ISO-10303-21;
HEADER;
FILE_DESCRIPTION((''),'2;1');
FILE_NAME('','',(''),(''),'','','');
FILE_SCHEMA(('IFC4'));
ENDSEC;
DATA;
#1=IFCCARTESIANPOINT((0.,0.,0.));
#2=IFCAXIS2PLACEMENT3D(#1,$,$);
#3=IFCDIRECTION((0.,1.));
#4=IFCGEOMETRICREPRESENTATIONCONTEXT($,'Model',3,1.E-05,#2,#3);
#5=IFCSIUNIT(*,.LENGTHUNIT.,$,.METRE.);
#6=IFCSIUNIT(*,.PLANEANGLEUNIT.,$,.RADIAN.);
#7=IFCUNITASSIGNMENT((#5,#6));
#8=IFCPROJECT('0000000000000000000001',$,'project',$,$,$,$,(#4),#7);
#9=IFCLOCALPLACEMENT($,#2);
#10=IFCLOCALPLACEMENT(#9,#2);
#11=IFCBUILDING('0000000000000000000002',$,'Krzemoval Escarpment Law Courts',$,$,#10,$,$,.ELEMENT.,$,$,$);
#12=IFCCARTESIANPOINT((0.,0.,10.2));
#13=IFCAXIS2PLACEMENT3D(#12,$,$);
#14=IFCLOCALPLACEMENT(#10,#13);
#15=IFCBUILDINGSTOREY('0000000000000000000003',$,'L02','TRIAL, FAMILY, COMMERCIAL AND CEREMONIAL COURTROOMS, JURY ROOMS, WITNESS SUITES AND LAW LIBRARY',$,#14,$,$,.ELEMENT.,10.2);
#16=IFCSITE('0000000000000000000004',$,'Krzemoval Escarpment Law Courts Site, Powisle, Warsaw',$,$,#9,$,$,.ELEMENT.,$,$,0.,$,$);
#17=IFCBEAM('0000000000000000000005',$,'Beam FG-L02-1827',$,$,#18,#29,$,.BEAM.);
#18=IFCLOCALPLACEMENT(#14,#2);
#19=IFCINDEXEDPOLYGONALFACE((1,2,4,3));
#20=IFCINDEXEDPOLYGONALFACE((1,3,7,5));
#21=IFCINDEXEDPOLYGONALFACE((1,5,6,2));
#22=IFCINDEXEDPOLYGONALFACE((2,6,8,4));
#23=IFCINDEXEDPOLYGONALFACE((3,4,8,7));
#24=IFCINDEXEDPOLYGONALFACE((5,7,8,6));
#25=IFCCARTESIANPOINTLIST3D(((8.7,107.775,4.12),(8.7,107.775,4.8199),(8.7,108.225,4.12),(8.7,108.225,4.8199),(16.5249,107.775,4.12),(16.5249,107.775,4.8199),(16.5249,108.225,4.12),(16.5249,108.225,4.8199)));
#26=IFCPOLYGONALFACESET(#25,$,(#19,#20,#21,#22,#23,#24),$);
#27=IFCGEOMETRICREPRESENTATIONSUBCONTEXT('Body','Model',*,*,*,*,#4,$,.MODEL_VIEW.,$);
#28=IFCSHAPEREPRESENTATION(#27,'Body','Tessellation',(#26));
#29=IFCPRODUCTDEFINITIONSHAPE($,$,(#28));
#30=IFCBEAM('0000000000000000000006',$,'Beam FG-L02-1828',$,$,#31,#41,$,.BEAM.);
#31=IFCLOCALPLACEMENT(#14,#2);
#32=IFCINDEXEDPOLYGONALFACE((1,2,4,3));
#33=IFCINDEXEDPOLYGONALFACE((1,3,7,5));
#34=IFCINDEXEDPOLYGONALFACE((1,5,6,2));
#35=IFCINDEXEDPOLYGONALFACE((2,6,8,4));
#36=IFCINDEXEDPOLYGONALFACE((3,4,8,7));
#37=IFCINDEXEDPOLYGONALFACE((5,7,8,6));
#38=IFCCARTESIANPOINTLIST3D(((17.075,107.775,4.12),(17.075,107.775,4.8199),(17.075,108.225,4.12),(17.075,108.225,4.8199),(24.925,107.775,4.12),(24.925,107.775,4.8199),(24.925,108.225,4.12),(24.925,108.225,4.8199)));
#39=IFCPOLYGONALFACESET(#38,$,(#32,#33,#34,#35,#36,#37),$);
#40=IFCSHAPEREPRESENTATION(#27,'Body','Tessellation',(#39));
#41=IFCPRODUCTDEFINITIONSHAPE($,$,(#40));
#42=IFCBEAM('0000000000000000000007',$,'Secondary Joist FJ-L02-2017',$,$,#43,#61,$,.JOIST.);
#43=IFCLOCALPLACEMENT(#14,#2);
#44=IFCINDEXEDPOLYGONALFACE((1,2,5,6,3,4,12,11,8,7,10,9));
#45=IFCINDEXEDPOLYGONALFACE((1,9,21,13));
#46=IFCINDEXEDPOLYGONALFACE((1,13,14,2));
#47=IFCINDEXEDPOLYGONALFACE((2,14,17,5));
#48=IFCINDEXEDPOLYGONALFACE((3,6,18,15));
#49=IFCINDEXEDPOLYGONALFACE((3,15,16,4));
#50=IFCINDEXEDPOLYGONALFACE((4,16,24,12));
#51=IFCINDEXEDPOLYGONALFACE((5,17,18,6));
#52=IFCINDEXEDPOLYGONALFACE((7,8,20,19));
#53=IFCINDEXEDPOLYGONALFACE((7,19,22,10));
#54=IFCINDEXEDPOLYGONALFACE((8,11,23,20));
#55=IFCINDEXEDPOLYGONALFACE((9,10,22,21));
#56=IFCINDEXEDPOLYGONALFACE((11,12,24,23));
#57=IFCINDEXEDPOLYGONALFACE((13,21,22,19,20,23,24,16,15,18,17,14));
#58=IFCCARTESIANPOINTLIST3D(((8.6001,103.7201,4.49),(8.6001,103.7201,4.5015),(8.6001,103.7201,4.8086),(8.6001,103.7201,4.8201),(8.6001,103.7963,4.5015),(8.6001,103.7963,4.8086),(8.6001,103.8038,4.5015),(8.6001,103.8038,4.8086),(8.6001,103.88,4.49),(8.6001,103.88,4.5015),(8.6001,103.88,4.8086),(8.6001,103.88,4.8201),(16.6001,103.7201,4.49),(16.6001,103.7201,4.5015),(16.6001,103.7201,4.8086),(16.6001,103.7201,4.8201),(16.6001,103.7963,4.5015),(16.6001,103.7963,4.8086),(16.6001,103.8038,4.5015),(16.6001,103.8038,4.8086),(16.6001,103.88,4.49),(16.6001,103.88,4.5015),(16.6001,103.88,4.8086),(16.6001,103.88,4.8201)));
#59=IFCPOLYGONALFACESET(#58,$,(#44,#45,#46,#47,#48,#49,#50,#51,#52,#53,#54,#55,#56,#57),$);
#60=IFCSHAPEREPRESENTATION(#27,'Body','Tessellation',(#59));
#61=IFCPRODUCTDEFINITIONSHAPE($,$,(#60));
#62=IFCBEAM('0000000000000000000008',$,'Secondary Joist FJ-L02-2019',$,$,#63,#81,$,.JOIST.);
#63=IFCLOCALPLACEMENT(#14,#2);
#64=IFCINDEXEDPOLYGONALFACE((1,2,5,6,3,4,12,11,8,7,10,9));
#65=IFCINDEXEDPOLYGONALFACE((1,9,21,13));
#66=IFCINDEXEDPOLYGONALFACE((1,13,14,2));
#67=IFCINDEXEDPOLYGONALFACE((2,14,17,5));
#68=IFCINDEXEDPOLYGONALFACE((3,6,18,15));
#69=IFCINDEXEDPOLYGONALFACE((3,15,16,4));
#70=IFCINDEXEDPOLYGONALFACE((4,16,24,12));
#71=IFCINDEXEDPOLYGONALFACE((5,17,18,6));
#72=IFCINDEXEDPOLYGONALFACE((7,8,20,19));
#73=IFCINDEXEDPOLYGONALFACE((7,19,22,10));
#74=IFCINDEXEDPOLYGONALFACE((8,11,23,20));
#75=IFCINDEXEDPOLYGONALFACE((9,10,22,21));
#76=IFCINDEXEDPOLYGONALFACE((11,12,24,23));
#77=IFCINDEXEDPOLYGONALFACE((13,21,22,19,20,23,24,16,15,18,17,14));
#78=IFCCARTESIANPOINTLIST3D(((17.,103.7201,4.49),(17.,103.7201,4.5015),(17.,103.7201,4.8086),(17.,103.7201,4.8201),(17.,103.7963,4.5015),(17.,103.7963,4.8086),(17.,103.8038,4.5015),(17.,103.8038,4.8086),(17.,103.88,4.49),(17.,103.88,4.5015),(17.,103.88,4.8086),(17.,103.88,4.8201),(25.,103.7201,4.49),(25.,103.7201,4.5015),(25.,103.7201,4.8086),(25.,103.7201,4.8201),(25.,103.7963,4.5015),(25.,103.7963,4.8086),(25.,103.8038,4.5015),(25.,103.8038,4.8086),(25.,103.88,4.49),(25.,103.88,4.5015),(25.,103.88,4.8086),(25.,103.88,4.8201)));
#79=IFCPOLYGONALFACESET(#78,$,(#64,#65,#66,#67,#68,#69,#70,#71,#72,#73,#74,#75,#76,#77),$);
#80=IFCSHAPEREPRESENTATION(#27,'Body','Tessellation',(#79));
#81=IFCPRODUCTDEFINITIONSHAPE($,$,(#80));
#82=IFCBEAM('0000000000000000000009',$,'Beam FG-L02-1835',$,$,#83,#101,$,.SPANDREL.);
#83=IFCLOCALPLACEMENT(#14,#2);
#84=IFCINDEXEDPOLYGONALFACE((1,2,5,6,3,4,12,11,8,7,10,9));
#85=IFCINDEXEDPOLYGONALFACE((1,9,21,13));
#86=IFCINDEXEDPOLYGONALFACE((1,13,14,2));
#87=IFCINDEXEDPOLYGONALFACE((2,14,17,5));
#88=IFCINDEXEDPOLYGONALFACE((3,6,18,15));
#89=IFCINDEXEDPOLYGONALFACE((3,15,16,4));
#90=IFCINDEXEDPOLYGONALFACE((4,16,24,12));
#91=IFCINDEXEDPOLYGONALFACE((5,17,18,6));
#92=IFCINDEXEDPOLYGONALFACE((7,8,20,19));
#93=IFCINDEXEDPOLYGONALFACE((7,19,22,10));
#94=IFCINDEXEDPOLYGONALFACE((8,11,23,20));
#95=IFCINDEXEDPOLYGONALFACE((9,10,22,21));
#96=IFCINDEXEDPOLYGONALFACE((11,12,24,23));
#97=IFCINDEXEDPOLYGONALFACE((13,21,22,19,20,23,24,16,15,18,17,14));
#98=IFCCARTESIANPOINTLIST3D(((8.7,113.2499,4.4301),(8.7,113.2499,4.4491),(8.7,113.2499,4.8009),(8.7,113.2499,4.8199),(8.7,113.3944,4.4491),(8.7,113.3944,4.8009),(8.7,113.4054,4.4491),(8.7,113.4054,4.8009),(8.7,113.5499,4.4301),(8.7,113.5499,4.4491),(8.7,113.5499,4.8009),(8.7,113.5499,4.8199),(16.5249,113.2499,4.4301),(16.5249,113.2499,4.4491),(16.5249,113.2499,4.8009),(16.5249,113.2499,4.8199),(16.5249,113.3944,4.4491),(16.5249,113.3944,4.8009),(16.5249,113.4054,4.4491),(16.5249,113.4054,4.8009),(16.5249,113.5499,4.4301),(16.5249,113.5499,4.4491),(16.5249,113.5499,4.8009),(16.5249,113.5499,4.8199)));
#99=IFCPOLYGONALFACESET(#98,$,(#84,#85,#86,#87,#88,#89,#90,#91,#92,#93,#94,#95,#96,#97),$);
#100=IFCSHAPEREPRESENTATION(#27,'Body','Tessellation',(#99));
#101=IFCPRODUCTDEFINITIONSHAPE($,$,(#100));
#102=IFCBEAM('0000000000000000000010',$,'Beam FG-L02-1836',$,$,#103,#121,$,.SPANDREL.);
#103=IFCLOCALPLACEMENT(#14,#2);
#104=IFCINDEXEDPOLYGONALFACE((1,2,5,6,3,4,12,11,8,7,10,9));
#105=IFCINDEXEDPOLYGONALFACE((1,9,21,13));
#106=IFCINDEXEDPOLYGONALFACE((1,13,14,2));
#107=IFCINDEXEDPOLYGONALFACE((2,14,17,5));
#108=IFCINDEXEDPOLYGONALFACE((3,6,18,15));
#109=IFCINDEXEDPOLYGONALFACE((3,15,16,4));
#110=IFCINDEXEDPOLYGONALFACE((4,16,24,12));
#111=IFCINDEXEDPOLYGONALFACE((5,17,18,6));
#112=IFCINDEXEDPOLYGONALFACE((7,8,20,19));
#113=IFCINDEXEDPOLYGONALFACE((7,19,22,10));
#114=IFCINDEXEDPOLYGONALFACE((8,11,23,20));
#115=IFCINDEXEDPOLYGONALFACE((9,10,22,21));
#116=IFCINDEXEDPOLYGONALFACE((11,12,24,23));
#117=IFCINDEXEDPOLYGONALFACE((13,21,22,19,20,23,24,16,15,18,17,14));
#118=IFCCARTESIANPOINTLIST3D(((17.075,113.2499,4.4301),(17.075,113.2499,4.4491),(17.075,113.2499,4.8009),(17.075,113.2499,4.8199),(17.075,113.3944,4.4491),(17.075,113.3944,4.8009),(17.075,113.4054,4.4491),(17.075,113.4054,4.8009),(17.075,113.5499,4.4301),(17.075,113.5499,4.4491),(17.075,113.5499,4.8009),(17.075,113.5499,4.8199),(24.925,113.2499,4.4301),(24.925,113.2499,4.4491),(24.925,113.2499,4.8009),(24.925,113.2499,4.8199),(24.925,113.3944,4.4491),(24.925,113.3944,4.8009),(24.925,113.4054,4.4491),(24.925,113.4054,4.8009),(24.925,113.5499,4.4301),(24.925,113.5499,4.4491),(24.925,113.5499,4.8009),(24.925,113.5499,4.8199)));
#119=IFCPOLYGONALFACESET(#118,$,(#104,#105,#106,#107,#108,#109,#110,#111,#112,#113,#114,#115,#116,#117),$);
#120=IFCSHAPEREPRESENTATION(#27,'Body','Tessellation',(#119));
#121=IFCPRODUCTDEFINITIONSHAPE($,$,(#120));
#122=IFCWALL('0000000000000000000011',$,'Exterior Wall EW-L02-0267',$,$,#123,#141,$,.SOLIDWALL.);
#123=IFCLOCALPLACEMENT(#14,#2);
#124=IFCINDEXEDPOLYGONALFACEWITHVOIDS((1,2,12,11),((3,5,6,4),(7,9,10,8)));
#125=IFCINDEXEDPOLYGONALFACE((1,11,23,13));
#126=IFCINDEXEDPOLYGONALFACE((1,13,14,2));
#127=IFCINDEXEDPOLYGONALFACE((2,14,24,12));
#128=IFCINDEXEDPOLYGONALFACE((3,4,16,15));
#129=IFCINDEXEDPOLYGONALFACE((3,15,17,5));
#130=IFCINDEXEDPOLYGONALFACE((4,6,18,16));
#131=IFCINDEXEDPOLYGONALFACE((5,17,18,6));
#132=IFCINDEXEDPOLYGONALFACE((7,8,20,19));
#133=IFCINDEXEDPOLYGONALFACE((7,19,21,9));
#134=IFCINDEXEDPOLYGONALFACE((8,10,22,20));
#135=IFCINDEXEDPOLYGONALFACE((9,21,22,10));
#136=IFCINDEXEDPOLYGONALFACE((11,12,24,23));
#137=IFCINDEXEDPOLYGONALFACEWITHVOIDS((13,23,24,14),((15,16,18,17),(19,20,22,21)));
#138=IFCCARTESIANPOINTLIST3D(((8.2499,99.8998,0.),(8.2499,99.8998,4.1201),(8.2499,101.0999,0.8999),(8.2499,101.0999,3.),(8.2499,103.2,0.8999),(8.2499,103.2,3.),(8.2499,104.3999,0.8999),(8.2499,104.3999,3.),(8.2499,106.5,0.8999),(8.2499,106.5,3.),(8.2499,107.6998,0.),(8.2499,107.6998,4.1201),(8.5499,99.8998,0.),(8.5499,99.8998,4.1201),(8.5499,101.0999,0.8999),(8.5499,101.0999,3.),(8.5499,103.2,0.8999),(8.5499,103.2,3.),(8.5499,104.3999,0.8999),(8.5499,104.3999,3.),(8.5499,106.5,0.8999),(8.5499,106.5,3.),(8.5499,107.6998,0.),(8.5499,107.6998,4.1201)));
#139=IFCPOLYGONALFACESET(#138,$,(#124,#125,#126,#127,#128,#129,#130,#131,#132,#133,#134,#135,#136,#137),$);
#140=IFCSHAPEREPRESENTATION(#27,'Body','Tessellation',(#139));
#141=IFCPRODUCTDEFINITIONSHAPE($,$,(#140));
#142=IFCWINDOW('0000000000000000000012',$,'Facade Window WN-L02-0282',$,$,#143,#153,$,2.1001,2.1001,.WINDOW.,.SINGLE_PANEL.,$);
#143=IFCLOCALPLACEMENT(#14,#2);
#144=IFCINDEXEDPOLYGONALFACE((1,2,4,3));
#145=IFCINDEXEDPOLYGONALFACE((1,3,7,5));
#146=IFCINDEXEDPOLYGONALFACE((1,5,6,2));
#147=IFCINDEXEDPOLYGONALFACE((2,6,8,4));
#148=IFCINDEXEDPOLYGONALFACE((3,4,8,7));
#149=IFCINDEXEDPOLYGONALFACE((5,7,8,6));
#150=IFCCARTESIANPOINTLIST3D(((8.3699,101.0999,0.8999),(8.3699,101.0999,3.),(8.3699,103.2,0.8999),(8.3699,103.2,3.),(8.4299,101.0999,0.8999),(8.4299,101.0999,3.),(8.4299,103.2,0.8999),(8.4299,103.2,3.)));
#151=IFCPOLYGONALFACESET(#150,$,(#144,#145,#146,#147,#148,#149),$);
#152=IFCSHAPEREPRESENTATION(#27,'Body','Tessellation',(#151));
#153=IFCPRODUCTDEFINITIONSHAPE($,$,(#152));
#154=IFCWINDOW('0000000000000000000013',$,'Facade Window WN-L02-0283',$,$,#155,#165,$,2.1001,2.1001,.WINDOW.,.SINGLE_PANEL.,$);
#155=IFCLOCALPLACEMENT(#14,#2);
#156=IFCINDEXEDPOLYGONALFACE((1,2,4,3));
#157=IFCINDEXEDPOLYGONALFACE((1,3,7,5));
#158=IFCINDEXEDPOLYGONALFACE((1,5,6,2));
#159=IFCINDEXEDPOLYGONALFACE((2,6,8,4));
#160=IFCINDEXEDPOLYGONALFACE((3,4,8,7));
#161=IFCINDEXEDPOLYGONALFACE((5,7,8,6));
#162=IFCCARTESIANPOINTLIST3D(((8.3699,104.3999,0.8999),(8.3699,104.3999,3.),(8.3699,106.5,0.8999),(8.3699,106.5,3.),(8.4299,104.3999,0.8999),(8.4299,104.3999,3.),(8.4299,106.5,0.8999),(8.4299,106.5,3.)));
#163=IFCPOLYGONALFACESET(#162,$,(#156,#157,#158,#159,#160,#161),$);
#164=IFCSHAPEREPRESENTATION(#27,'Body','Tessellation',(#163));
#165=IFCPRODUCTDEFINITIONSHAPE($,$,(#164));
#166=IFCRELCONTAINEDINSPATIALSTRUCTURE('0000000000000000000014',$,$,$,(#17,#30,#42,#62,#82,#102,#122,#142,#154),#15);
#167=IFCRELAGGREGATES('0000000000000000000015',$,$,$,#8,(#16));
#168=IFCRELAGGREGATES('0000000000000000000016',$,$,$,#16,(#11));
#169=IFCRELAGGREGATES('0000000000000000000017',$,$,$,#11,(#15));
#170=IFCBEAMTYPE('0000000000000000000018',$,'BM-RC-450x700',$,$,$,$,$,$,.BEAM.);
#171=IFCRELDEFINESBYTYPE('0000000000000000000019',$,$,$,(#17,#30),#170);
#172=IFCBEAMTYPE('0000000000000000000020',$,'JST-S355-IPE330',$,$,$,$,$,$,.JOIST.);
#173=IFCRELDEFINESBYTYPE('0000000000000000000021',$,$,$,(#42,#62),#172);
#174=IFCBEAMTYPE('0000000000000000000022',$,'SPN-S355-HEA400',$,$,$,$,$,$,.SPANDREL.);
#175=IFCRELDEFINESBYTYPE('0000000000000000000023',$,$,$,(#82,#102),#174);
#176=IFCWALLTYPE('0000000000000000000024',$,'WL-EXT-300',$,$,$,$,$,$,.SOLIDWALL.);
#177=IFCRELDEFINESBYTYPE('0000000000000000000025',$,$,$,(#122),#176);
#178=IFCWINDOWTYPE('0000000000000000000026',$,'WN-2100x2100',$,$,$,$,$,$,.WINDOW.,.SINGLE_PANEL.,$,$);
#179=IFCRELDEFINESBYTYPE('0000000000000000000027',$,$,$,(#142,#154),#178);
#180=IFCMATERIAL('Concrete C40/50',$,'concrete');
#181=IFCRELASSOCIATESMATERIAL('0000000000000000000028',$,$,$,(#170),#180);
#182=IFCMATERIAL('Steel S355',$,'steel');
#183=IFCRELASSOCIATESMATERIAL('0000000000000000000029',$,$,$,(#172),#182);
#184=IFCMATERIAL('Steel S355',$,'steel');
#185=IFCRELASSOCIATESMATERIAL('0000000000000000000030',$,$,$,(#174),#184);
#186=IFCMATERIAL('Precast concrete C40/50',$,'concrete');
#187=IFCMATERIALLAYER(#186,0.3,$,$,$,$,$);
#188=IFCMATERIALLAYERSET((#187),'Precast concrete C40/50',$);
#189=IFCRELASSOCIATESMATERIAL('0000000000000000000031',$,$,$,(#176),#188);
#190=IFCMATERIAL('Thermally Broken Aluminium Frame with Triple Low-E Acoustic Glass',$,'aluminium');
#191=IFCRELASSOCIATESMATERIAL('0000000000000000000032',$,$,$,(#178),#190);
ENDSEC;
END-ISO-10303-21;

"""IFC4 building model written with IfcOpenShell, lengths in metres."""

from ifc_helpers import new_model, si_unit, direction, frame, frame_2d, origin, origin_2d, place, context, subcontext, project, spatial, rectangle, i_section, extrude, material, layer, layer_set, material_profile, profile_set, type_object, element, fill, save


model = new_model("IFC4")

# Units and contexts
model_context = context("Model", 3, precision=1e-05, world=origin(), true_north=direction((0.0, 1.0)))
body_context = subcontext(model_context, "Body", "Model", "MODEL_VIEW")
ifc_project = project(units=[si_unit("LENGTHUNIT", "METRE"), si_unit("PLANEANGLEUNIT", "RADIAN")], contexts=[model_context])

# Site, building, storey
site_placement = place(None, origin())
site = spatial("IfcSite", under=ifc_project, at=site_placement, Name="Krzemoval Escarpment Law Courts Site, Powisle, Warsaw", CompositionType="ELEMENT", RefElevation=0.0)
building_placement = place(site_placement, origin())
building = spatial("IfcBuilding", under=site, at=building_placement, Name="Krzemoval Escarpment Law Courts", CompositionType="ELEMENT")
storey_placement = place(building_placement, frame((0.0, 0.0, 10.2)))
storey = spatial("IfcBuildingStorey", under=building, at=storey_placement, Name="L02", Description="TRIAL, FAMILY, COMMERCIAL AND CEREMONIAL COURTROOMS, JURY ROOMS, WITNESS SUITES AND LAW LIBRARY", CompositionType="ELEMENT", Elevation=10.2)

# Beams
ifc_material_1 = material(Name="Concrete C40/50", Category="concrete")
ifc_material_profile_1 = material_profile(ifc_material_1, rectangle(XDim=0.45, YDim=0.7, at=origin_2d()), Name="RCB 450x700")
ifc_profile_set_1 = profile_set([ifc_material_profile_1], Name="Concrete C40/50")
beam_type_1 = type_object("IfcBeamType", Name="BM-RC-450x700", PredefinedType="BEAM", material=ifc_profile_set_1)
beam_1_placement = place(storey_placement, frame((8.7, 108.0, 4.47), z_axis=(1.0, 0.0, 0.0), x_axis=(0.0, 1.0, 0.0)))
element("IfcBeam", 1, at=beam_1_placement, inside=storey, type_object=beam_type_1, Name="Beam FG-L02-1827", PredefinedType="BEAM", context=body_context, shape_type="SweptSolid", body=[
    extrude(rectangle(XDim=0.45, YDim=0.7, at=origin_2d()), origin(), (0.0, 0.0, 1.0), 7.825),
])
beam_2_placement = place(storey_placement, frame((17.075, 108.0, 4.47), z_axis=(1.0, 0.0, 0.0), x_axis=(0.0, 1.0, 0.0)))
element("IfcBeam", 2, at=beam_2_placement, inside=storey, type_object=beam_type_1, Name="Beam FG-L02-1828", PredefinedType="BEAM", context=body_context, shape_type="SweptSolid", body=[
    extrude(rectangle(XDim=0.45, YDim=0.7, at=origin_2d()), origin(), (0.0, 0.0, 1.0), 7.8501),
])
ifc_material_2 = material(Name="Steel S355", Category="steel")
ifc_material_profile_2 = material_profile(ifc_material_2, i_section(OverallWidth=0.1599, OverallDepth=0.3301, WebThickness=0.0076, FlangeThickness=0.0115, at=origin_2d()), Name="IPE 330")
ifc_profile_set_2 = profile_set([ifc_material_profile_2], Name="Steel S355")
beam_type_2 = type_object("IfcBeamType", Name="JST-S355-IPE330", PredefinedType="JOIST", material=ifc_profile_set_2)
for number, where, z_axis, x_axis, name in (
    (3, (8.6001, 103.8, 4.655), (1.0, 0.0, 0.0), (0.0, 1.0, 0.0), "Secondary Joist FJ-L02-2017"),
    (4, (17.0, 103.8, 4.655), (1.0, 0.0, 0.0), (0.0, 1.0, 0.0), "Secondary Joist FJ-L02-2019"),
):
    element("IfcBeam", number, at=place(storey_placement, frame(where, z_axis=z_axis, x_axis=x_axis)), inside=storey, type_object=beam_type_2, Name=name, PredefinedType="JOIST", context=body_context, shape_type="SweptSolid", body=[
        extrude(i_section(OverallWidth=0.1599, OverallDepth=0.3301, WebThickness=0.0076, FlangeThickness=0.0115, at=origin_2d()), origin(), (0.0, 0.0, 1.0), 8.0),
    ])
ifc_material_3 = material(Name="Steel S355", Category="steel")
ifc_material_profile_3 = material_profile(ifc_material_3, i_section(OverallWidth=0.3, OverallDepth=0.3899, WebThickness=0.011, FlangeThickness=0.019, at=origin_2d()), Name="HEA 400")
ifc_profile_set_3 = profile_set([ifc_material_profile_3], Name="Steel S355")
beam_type_3 = type_object("IfcBeamType", Name="SPN-S355-HEA400", PredefinedType="SPANDREL", material=ifc_profile_set_3)
beam_3_placement = place(storey_placement, frame((8.7, 113.3999, 4.625), z_axis=(1.0, 0.0, 0.0), x_axis=(0.0, 1.0, 0.0)))
element("IfcBeam", 5, at=beam_3_placement, inside=storey, type_object=beam_type_3, Name="Beam FG-L02-1835", PredefinedType="SPANDREL", context=body_context, shape_type="SweptSolid", body=[
    extrude(i_section(OverallWidth=0.3, OverallDepth=0.3899, WebThickness=0.011, FlangeThickness=0.019, at=origin_2d()), origin(), (0.0, 0.0, 1.0), 7.825),
])
beam_4_placement = place(storey_placement, frame((17.075, 113.3999, 4.625), z_axis=(1.0, 0.0, 0.0), x_axis=(0.0, 1.0, 0.0)))
element("IfcBeam", 6, at=beam_4_placement, inside=storey, type_object=beam_type_3, Name="Beam FG-L02-1836", PredefinedType="SPANDREL", context=body_context, shape_type="SweptSolid", body=[
    extrude(i_section(OverallWidth=0.3, OverallDepth=0.3899, WebThickness=0.011, FlangeThickness=0.019, at=origin_2d()), origin(), (0.0, 0.0, 1.0), 7.8501),
])

# Wall, openings, windows
ifc_material_4 = material(Name="Precast concrete C40/50", Category="concrete")
ifc_layer_1 = layer(ifc_material_4, 0.3)
ifc_layer_set_1 = layer_set([ifc_layer_1], Name="Precast concrete C40/50")
wall_type_1 = type_object("IfcWallType", Name="WL-EXT-300", PredefinedType="SOLIDWALL", material=ifc_layer_set_1)
wall_1_placement = place(storey_placement, frame((8.3999, 99.8999, 0.0), z_axis=(0.0, 0.0, 1.0), x_axis=(0.0, 1.0, 0.0)))
wall_1 = element("IfcWall", 7, at=wall_1_placement, inside=storey, type_object=wall_type_1, Name="Exterior Wall EW-L02-0267", PredefinedType="SOLIDWALL", context=body_context, shape_type="SweptSolid", body=[
    extrude(rectangle(XDim=7.8, YDim=0.3, at=frame_2d((3.8999, 0.0))), origin(), (0.0, 0.0, 1.0), 4.1201),
])
opening_1_placement = place(wall_1_placement, frame((1.2, 0.0, 0.8999)))
opening_1 = element("IfcOpeningElement", 8, at=opening_1_placement, cuts=wall_1, PredefinedType="OPENING", context=body_context, shape_type="SweptSolid", body=[
    extrude(rectangle(XDim=2.1001, YDim=2.1001, at=frame_2d((1.05, 1.05))), frame((0.0, 0.165, 0.0), z_axis=(0.0, -1.0, 0.0), x_axis=(1.0, 0.0, 0.0)), (0.0, 0.0, 1.0), 0.3301),
])
opening_2_placement = place(wall_1_placement, frame((4.5, 0.0, 0.8999)))
opening_2 = element("IfcOpeningElement", 9, at=opening_2_placement, cuts=wall_1, PredefinedType="OPENING", context=body_context, shape_type="SweptSolid", body=[
    extrude(rectangle(XDim=2.1001, YDim=2.1001, at=frame_2d((1.05, 1.05))), frame((0.0, 0.165, 0.0), z_axis=(0.0, -1.0, 0.0), x_axis=(1.0, 0.0, 0.0)), (0.0, 0.0, 1.0), 0.3301),
])
ifc_material_5 = material(Name="Thermally Broken Aluminium Frame with Triple Low-E Acoustic Glass", Category="aluminium")
window_type_1 = type_object("IfcWindowType", Name="WN-2100x2100", PartitioningType="SINGLE_PANEL", PredefinedType="WINDOW", material=ifc_material_5)
window_1_placement = place(opening_1_placement, origin())
window_1 = element("IfcWindow", 10, at=window_1_placement, inside=storey, type_object=window_type_1, Name="Facade Window WN-L02-0282", OverallHeight=2.1001, OverallWidth=2.1001, PartitioningType="SINGLE_PANEL", PredefinedType="WINDOW", context=body_context, shape_type="SweptSolid", body=[
    extrude(rectangle(XDim=2.1001, YDim=2.1001, at=frame_2d((1.05, 1.05))), frame((0.0, 0.03, 0.0), z_axis=(0.0, -1.0, 0.0), x_axis=(1.0, 0.0, 0.0)), (0.0, 0.0, 1.0), 0.0601),
])
fill(opening_1, window_1)
window_2_placement = place(opening_2_placement, origin())
window_2 = element("IfcWindow", 11, at=window_2_placement, inside=storey, type_object=window_type_1, Name="Facade Window WN-L02-0283", OverallHeight=2.1001, OverallWidth=2.1001, PartitioningType="SINGLE_PANEL", PredefinedType="WINDOW", context=body_context, shape_type="SweptSolid", body=[
    extrude(rectangle(XDim=2.1001, YDim=2.1001, at=frame_2d((1.05, 1.05))), frame((0.0, 0.03, 0.0), z_axis=(0.0, -1.0, 0.0), x_axis=(1.0, 0.0, 0.0)), (0.0, 0.0, 1.0), 0.0601),
])
fill(opening_2, window_2)

save(model, "model.ifc")
